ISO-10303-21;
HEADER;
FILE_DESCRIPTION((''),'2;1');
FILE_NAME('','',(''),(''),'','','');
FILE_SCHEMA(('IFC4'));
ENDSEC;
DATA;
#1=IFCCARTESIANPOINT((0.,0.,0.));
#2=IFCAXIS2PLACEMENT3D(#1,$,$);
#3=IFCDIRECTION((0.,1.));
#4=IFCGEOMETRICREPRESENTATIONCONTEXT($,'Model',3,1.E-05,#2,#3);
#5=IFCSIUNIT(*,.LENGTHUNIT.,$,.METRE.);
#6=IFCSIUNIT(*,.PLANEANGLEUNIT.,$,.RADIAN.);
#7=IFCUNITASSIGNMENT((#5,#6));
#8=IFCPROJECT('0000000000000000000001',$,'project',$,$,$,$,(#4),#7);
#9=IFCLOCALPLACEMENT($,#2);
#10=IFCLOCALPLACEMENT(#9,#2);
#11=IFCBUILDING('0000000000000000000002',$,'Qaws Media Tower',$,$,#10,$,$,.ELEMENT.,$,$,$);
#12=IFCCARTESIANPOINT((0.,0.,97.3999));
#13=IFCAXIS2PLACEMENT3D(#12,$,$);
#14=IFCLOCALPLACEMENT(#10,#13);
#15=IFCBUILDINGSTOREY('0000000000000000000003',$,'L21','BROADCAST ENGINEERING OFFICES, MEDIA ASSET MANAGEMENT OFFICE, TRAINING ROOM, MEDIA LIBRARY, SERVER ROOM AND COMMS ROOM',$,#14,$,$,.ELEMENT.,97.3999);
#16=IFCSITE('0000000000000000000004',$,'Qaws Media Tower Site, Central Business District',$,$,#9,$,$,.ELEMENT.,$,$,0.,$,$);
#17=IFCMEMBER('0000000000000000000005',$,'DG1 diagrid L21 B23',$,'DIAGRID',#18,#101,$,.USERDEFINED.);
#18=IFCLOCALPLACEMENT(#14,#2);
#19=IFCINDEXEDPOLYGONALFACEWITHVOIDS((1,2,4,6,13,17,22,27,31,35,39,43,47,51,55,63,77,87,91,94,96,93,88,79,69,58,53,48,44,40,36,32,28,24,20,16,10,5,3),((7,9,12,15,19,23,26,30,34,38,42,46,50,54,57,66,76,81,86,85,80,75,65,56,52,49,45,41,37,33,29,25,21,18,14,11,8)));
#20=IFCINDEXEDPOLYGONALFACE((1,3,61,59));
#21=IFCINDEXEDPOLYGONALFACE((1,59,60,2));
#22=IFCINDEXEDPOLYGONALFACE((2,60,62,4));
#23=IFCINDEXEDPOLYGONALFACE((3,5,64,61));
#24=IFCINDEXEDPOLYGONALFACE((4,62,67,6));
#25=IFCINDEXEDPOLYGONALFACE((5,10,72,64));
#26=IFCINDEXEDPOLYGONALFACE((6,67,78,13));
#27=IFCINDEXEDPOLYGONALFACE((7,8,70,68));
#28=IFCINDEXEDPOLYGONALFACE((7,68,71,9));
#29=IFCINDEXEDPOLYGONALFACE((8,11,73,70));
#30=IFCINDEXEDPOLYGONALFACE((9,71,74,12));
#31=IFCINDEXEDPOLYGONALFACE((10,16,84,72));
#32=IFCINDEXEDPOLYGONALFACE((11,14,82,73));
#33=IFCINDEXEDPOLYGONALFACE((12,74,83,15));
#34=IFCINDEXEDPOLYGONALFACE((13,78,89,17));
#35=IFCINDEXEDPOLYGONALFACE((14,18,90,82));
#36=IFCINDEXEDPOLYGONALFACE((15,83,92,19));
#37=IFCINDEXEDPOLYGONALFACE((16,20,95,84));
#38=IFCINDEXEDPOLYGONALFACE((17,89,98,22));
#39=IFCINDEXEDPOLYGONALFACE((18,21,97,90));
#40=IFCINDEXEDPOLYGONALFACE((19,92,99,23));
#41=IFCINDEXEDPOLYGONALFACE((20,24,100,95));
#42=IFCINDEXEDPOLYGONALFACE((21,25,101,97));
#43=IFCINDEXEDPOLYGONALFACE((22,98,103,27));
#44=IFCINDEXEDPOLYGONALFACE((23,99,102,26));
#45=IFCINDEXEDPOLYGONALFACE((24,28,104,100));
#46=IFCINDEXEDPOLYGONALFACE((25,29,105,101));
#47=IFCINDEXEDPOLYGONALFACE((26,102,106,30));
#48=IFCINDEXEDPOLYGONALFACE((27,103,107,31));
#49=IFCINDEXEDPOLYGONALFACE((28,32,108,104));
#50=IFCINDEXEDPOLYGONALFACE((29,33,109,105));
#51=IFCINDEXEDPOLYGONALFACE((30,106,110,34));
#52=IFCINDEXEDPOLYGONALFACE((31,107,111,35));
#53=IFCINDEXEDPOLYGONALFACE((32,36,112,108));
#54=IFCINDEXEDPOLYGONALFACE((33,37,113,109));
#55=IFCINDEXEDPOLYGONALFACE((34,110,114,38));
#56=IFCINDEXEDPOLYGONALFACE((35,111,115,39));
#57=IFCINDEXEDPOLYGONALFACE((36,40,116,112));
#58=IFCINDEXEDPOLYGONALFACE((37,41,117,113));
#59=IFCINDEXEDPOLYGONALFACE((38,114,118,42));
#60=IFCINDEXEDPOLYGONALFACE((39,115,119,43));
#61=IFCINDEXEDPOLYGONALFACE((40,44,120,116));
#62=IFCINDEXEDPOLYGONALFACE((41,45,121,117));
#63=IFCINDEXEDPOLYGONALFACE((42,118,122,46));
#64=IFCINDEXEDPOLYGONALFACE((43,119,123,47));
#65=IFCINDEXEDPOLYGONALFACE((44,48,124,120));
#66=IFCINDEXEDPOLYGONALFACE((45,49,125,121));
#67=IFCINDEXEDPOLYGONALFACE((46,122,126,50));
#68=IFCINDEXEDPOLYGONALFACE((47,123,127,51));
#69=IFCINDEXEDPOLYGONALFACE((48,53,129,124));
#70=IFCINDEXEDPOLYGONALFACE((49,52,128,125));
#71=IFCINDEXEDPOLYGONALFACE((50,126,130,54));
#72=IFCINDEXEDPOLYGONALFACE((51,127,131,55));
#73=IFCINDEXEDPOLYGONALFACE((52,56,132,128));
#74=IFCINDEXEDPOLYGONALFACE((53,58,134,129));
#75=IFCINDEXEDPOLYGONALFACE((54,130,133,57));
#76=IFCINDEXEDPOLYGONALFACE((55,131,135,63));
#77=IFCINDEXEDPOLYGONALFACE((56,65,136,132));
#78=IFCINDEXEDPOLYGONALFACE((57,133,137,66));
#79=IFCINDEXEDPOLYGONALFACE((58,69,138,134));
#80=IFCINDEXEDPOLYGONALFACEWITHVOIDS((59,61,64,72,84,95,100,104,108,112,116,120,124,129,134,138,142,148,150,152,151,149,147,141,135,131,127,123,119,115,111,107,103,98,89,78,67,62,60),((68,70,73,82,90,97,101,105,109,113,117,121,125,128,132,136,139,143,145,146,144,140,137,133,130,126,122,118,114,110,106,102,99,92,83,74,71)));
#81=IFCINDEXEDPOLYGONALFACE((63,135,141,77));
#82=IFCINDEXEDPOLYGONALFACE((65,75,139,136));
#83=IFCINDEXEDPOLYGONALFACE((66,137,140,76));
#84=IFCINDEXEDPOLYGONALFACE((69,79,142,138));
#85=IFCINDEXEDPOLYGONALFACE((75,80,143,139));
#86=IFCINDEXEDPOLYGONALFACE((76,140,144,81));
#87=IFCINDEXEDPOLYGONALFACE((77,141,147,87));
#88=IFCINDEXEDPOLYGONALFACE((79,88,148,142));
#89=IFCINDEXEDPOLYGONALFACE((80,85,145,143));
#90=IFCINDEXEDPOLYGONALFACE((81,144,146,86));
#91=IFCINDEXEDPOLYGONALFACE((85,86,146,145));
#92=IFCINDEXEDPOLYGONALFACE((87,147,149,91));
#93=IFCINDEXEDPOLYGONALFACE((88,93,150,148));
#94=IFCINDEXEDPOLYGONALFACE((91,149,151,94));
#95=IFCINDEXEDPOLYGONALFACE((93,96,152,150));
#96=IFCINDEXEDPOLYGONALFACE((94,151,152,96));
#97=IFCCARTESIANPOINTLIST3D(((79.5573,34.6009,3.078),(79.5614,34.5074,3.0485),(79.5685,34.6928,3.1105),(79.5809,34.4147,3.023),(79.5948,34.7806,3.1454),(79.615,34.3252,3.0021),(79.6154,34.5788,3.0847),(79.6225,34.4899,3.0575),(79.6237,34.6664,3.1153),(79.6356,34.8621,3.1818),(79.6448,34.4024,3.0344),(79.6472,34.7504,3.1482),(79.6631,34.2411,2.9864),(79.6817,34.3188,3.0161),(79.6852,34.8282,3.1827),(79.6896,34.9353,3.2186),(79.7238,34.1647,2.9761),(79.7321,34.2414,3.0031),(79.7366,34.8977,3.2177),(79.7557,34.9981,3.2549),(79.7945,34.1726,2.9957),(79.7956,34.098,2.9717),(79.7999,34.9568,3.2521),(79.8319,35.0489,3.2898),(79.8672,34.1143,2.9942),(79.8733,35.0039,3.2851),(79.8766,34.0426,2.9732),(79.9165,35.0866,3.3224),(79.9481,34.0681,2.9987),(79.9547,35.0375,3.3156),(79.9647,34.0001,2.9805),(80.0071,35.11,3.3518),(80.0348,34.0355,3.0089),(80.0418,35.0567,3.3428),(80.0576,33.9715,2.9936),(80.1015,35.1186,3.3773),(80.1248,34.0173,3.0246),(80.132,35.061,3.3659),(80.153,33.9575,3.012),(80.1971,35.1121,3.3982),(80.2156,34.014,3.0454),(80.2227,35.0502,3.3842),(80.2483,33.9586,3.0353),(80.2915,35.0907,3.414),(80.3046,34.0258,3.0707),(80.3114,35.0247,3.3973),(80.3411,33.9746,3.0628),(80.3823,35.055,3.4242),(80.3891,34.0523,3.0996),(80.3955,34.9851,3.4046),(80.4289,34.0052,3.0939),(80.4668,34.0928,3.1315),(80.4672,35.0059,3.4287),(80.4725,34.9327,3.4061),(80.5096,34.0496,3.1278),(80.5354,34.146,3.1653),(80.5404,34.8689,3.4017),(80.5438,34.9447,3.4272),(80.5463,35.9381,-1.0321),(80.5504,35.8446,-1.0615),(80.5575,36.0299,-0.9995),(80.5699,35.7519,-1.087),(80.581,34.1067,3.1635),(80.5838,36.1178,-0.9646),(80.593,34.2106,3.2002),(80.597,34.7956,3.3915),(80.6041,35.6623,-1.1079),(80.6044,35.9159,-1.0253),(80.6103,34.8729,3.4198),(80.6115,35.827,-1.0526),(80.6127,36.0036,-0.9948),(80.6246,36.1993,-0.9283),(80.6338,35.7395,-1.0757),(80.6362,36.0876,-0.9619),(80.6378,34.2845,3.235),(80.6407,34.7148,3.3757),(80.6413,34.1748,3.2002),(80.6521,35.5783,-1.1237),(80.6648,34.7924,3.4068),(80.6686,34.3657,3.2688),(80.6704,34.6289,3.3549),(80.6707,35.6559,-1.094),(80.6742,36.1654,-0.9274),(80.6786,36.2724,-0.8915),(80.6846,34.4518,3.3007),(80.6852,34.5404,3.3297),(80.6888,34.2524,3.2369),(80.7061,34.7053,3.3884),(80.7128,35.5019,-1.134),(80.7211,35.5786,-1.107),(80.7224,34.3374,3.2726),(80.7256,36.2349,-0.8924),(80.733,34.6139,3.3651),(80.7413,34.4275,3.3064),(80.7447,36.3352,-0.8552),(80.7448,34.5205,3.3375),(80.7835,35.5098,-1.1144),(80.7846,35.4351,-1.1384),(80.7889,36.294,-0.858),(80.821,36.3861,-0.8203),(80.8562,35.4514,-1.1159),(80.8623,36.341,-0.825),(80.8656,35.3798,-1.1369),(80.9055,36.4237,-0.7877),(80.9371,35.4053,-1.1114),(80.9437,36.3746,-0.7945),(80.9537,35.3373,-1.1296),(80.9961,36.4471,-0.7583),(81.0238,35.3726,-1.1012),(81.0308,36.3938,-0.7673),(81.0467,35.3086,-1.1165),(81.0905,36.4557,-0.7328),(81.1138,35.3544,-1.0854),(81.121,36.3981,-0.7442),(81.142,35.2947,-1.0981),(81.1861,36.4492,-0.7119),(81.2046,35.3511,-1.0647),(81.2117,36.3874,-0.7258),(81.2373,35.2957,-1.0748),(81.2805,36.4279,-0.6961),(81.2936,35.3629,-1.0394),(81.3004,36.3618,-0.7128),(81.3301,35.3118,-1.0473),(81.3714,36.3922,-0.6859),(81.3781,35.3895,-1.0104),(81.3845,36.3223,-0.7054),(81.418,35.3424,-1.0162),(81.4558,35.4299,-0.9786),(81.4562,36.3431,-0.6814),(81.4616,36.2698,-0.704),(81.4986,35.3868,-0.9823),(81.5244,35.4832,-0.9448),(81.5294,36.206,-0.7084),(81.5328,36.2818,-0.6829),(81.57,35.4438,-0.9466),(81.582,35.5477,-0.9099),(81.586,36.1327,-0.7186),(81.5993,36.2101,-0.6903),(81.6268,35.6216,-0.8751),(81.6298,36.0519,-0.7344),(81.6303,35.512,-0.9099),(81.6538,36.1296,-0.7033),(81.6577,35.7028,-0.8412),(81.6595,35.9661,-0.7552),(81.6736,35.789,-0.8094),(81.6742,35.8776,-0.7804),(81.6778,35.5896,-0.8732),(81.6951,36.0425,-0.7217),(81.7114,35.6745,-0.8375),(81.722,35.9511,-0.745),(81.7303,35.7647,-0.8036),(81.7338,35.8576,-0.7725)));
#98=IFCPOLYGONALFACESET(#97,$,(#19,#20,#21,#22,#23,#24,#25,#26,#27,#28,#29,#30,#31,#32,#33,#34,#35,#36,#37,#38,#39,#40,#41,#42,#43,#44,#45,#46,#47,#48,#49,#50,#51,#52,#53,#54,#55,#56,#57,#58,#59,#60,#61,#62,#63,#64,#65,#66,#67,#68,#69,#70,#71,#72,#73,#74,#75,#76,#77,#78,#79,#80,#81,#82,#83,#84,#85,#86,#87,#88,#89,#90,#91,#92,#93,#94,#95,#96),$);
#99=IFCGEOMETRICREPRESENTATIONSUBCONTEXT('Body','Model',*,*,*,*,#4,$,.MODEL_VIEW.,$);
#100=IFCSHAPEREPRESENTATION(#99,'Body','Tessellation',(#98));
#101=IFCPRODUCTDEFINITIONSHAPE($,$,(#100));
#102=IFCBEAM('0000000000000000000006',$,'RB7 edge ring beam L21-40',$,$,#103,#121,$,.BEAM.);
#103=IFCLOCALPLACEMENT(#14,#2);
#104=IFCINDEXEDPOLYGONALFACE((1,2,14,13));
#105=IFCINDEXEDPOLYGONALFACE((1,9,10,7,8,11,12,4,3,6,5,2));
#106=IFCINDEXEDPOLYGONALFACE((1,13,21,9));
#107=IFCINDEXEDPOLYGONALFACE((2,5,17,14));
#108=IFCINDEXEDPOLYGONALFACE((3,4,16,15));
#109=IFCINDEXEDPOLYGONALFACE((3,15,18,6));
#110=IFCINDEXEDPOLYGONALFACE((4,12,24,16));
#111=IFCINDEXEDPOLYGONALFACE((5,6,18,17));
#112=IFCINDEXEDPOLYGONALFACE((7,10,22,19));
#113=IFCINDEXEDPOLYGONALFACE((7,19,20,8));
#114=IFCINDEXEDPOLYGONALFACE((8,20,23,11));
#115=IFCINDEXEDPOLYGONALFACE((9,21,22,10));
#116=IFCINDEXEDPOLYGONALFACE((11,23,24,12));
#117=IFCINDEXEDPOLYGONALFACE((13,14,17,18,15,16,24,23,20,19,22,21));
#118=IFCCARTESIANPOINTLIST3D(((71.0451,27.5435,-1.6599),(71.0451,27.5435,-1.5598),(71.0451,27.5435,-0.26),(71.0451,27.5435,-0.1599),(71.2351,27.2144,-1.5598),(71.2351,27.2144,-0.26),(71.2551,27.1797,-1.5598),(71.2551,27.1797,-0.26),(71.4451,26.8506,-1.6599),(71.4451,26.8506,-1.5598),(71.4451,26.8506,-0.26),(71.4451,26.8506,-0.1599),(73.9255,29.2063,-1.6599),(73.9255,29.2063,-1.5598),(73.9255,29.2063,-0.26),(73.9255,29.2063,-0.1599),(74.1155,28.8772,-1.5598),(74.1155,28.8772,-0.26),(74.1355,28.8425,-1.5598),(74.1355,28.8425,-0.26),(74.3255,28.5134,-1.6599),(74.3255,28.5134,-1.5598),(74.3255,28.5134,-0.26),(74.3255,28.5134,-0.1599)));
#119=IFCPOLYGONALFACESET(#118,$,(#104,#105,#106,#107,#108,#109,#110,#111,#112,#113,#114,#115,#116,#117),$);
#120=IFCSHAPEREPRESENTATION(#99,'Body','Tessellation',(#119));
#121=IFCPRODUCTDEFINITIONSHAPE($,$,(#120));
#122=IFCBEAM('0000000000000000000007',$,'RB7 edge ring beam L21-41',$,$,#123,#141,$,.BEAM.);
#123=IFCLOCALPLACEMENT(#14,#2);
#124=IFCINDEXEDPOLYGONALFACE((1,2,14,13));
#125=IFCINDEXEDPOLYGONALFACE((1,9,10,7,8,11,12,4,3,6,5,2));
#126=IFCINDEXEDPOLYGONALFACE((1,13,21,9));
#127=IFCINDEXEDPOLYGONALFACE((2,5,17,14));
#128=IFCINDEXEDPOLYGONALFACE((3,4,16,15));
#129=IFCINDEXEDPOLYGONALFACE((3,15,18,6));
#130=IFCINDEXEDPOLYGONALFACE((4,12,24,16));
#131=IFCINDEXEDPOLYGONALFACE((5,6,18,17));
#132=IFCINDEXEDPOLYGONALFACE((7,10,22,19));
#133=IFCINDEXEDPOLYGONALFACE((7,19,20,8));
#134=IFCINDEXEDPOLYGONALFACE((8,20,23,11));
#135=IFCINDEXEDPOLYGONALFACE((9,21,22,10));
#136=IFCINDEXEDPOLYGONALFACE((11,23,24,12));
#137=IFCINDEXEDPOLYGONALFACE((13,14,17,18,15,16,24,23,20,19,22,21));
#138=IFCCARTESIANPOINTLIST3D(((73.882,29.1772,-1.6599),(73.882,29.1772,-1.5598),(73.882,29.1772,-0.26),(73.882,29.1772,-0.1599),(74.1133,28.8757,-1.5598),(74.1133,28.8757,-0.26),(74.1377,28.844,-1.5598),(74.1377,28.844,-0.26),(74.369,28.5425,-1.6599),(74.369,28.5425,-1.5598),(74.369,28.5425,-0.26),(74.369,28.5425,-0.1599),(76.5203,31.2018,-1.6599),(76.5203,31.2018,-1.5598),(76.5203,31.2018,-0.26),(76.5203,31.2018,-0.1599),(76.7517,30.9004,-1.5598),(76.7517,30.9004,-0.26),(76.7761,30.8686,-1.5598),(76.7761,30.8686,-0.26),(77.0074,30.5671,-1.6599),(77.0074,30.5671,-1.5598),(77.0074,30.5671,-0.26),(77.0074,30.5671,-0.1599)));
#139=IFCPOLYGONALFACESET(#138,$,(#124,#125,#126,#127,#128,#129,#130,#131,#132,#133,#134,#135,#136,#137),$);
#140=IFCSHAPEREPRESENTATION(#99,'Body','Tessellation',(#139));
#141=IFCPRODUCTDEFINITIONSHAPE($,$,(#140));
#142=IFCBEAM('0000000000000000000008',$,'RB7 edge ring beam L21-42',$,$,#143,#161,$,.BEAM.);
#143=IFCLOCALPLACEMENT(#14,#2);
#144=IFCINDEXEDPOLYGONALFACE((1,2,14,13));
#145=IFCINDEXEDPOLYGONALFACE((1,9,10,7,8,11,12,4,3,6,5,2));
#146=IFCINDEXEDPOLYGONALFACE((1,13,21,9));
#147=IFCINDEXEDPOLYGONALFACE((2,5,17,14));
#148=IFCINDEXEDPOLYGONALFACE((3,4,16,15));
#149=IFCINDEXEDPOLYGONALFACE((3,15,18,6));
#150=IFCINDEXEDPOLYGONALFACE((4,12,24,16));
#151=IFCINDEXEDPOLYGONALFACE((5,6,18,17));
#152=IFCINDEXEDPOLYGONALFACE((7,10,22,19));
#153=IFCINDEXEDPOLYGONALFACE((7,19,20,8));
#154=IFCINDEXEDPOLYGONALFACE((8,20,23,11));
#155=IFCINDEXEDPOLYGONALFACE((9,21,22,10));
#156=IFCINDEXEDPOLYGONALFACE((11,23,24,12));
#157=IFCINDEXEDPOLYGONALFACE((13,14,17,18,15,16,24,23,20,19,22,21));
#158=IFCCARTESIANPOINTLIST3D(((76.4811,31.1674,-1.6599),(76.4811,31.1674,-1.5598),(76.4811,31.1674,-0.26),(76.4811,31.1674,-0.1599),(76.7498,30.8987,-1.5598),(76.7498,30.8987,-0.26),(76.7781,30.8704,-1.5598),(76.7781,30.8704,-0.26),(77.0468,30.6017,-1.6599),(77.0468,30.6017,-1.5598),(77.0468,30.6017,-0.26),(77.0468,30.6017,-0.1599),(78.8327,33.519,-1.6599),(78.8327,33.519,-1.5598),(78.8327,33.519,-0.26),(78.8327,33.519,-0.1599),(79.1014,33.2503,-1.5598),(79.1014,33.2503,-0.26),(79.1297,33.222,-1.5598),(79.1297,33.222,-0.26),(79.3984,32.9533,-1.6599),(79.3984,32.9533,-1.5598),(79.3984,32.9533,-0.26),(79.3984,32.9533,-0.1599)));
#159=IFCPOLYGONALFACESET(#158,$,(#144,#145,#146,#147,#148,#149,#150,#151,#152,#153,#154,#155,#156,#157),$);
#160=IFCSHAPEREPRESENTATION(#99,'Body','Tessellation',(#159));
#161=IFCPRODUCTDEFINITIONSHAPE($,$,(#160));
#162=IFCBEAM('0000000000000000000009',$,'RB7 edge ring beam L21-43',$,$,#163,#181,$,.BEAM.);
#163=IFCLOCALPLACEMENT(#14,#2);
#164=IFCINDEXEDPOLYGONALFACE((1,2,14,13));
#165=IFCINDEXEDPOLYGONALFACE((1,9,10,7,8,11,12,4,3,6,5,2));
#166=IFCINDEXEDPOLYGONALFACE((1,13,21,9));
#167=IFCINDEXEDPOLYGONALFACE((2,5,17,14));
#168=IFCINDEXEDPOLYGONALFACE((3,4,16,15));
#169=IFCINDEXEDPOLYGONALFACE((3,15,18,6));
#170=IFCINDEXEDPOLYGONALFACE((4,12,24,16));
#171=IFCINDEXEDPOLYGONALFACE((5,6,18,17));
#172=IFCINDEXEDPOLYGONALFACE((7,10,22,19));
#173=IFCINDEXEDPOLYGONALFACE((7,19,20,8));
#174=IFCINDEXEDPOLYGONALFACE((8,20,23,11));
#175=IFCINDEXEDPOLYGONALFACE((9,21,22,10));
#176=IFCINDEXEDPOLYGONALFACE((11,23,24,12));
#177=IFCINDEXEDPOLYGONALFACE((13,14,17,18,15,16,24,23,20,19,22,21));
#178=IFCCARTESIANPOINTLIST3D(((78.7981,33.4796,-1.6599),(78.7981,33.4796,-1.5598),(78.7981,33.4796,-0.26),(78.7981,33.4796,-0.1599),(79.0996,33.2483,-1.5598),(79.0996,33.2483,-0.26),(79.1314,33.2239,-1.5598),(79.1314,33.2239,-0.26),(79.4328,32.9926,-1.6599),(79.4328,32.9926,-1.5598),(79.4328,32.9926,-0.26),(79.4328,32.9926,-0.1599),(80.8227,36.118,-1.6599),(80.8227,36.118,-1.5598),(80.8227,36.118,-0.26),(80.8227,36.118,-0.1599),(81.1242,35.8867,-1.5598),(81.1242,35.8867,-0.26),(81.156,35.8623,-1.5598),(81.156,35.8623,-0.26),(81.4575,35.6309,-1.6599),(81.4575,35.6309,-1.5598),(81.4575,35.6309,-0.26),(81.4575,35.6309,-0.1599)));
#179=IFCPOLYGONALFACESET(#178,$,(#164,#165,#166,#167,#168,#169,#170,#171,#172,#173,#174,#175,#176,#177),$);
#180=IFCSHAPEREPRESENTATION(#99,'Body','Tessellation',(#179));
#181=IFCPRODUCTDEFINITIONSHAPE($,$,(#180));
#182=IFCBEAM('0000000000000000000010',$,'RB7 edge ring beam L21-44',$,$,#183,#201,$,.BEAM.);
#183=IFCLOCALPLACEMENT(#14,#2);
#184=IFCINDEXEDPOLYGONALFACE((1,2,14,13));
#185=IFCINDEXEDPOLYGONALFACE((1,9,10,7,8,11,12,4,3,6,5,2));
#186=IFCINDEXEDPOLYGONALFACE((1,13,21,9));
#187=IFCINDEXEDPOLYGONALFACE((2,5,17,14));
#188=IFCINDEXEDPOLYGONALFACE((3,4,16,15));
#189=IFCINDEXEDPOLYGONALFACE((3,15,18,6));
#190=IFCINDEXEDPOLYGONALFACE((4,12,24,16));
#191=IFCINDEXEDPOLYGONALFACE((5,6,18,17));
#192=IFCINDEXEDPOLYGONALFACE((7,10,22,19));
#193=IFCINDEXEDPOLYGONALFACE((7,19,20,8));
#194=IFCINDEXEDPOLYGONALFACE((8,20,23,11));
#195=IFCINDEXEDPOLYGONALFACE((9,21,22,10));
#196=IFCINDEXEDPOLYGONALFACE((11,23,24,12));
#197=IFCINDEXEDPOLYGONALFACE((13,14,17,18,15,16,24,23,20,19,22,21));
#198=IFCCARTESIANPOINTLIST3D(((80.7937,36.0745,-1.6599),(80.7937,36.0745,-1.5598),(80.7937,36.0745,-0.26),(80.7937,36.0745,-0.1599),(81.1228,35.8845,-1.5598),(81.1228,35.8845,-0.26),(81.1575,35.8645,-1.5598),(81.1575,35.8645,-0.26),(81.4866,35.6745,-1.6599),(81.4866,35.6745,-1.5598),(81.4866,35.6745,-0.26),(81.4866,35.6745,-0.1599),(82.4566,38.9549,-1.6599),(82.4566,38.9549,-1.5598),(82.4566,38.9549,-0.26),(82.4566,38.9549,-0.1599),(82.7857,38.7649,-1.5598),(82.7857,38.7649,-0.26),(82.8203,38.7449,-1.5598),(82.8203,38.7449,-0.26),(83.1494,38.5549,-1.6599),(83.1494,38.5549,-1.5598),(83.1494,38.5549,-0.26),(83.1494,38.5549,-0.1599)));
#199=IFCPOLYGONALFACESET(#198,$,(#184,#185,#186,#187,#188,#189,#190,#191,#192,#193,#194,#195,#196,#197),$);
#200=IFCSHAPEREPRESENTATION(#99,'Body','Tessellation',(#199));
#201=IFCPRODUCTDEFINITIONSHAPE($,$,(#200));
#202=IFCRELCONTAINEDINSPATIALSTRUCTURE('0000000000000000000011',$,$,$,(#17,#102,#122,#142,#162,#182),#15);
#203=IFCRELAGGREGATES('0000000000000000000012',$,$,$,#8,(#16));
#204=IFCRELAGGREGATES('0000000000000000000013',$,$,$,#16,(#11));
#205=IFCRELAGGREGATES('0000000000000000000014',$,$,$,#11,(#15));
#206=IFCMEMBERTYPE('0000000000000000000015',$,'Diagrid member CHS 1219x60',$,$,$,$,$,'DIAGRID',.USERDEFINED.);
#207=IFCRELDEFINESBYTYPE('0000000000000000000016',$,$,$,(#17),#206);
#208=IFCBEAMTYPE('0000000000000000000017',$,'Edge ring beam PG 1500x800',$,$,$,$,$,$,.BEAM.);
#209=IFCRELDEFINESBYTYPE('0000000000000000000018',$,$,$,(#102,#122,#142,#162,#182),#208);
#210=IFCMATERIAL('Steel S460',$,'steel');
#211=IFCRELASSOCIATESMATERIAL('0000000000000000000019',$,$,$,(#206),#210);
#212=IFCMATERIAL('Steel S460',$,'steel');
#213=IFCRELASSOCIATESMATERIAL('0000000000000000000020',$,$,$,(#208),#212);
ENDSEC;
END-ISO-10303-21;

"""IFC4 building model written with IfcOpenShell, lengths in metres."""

from ifc_helpers import new_model, si_unit, direction, frame, origin, origin_2d, place, context, subcontext, project, spatial, hollow_circle, i_section, extrude, material, material_profile, profile_set, type_object, element, save


model = new_model("IFC4")

# Units and contexts
model_context = context("Model", 3, precision=1e-05, world=origin(), true_north=direction((0.0, 1.0)))
body_context = subcontext(model_context, "Body", "Model", "MODEL_VIEW")
ifc_project = project(units=[si_unit("LENGTHUNIT", "METRE"), si_unit("PLANEANGLEUNIT", "RADIAN")], contexts=[model_context])

# Site, building, storey
site_placement = place(None, origin())
site = spatial("IfcSite", under=ifc_project, at=site_placement, Name="Qaws Media Tower Site, Central Business District", CompositionType="ELEMENT", RefElevation=0.0)
building_placement = place(site_placement, origin())
building = spatial("IfcBuilding", under=site, at=building_placement, Name="Qaws Media Tower", CompositionType="ELEMENT")
storey_placement = place(building_placement, frame((0.0, 0.0, 97.3999)))
storey = spatial("IfcBuildingStorey", under=building, at=storey_placement, Name="L21", Description="BROADCAST ENGINEERING OFFICES, MEDIA ASSET MANAGEMENT OFFICE, TRAINING ROOM, MEDIA LIBRARY, SERVER ROOM AND COMMS ROOM", CompositionType="ELEMENT", Elevation=97.3999)

# Member
ifc_material_1 = material(Name="Steel S460", Category="steel")
ifc_material_profile_1 = material_profile(ifc_material_1, hollow_circle(Radius=0.6096, WallThickness=0.0601, at=origin_2d()), Name="CHS 1219x60")
ifc_profile_set_1 = profile_set([ifc_material_profile_1], Name="Steel S460")
member_type_1 = type_object("IfcMemberType", Name="Diagrid member CHS 1219x60", ElementType="DIAGRID", PredefinedType="USERDEFINED", material=ifc_profile_set_1)
for number, where, z_axis, x_axis, name in (
    (1, (81.1401, 35.8745, -0.9099), (-0.223059, -0.301579, 0.926982), (0.803981, -0.594655, 0.0), "DG1 diagrid L21 B23"),
):
    element("IfcMember", number, at=place(storey_placement, frame(where, z_axis=z_axis, x_axis=x_axis)), inside=storey, type_object=member_type_1, Name=name, ObjectType="DIAGRID", PredefinedType="USERDEFINED", context=body_context, shape_type="SweptSolid", body=[
        extrude(hollow_circle(Radius=0.6096, WallThickness=0.0601, at=origin_2d()), origin(), (0.0, 0.0, 1.0), 4.4338),
    ])

# Beams
ifc_material_2 = material(Name="Steel S460", Category="steel")
ifc_material_profile_2 = material_profile(ifc_material_2, i_section(OverallWidth=0.8, OverallDepth=1.5, WebThickness=0.04, FlangeThickness=0.1001, at=origin_2d()), Name="PG 1500x800")
ifc_profile_set_2 = profile_set([ifc_material_profile_2], Name="Steel S460")
beam_type = type_object("IfcBeamType", Name="Edge ring beam PG 1500x800", PredefinedType="BEAM", material=ifc_profile_set_2)
beam_1_placement = place(storey_placement, frame((71.2451, 27.197, -0.9099), z_axis=(0.866044, 0.499968, 0.0), x_axis=(-0.499968, 0.866044, 0.0)))
element("IfcBeam", 2, at=beam_1_placement, inside=storey, type_object=beam_type, Name="RB7 edge ring beam L21-40", PredefinedType="BEAM", context=body_context, shape_type="SweptSolid", body=[
    extrude(i_section(OverallWidth=0.8, OverallDepth=1.5, WebThickness=0.04, FlangeThickness=0.1001, at=origin_2d()), origin(), (0.0, 0.0, 1.0), 3.3259),
])
for number, where, z_axis, x_axis, name in (
    (3, (74.1255, 28.8599, -0.9099), (0.793336, 0.608784, 0.0), (-0.608784, 0.793336, 0.0), "RB7 edge ring beam L21-41"),
    (4, (76.7639, 30.8845, -0.9099), (0.707107, 0.707107, 0.0), (-0.707107, 0.707107, 0.0), "RB7 edge ring beam L21-42"),
    (5, (79.1155, 33.2361, -0.9099), (0.608784, 0.793336, 0.0), (-0.793336, 0.608784, 0.0), "RB7 edge ring beam L21-43"),
):
    element("IfcBeam", number, at=place(storey_placement, frame(where, z_axis=z_axis, x_axis=x_axis)), inside=storey, type_object=beam_type, Name=name, PredefinedType="BEAM", context=body_context, shape_type="SweptSolid", body=[
        extrude(i_section(OverallWidth=0.8, OverallDepth=1.5, WebThickness=0.04, FlangeThickness=0.1001, at=origin_2d()), origin(), (0.0, 0.0, 1.0), 3.3257),
    ])
beam_2_placement = place(storey_placement, frame((81.1401, 35.8745, -0.9099), z_axis=(0.499968, 0.866044, 0.0), x_axis=(-0.866044, 0.499968, 0.0)))
element("IfcBeam", 6, at=beam_2_placement, inside=storey, type_object=beam_type, Name="RB7 edge ring beam L21-44", PredefinedType="BEAM", context=body_context, shape_type="SweptSolid", body=[
    extrude(i_section(OverallWidth=0.8, OverallDepth=1.5, WebThickness=0.04, FlangeThickness=0.1001, at=origin_2d()), origin(), (0.0, 0.0, 1.0), 3.3259),
])

save(model, "model.ifc")
